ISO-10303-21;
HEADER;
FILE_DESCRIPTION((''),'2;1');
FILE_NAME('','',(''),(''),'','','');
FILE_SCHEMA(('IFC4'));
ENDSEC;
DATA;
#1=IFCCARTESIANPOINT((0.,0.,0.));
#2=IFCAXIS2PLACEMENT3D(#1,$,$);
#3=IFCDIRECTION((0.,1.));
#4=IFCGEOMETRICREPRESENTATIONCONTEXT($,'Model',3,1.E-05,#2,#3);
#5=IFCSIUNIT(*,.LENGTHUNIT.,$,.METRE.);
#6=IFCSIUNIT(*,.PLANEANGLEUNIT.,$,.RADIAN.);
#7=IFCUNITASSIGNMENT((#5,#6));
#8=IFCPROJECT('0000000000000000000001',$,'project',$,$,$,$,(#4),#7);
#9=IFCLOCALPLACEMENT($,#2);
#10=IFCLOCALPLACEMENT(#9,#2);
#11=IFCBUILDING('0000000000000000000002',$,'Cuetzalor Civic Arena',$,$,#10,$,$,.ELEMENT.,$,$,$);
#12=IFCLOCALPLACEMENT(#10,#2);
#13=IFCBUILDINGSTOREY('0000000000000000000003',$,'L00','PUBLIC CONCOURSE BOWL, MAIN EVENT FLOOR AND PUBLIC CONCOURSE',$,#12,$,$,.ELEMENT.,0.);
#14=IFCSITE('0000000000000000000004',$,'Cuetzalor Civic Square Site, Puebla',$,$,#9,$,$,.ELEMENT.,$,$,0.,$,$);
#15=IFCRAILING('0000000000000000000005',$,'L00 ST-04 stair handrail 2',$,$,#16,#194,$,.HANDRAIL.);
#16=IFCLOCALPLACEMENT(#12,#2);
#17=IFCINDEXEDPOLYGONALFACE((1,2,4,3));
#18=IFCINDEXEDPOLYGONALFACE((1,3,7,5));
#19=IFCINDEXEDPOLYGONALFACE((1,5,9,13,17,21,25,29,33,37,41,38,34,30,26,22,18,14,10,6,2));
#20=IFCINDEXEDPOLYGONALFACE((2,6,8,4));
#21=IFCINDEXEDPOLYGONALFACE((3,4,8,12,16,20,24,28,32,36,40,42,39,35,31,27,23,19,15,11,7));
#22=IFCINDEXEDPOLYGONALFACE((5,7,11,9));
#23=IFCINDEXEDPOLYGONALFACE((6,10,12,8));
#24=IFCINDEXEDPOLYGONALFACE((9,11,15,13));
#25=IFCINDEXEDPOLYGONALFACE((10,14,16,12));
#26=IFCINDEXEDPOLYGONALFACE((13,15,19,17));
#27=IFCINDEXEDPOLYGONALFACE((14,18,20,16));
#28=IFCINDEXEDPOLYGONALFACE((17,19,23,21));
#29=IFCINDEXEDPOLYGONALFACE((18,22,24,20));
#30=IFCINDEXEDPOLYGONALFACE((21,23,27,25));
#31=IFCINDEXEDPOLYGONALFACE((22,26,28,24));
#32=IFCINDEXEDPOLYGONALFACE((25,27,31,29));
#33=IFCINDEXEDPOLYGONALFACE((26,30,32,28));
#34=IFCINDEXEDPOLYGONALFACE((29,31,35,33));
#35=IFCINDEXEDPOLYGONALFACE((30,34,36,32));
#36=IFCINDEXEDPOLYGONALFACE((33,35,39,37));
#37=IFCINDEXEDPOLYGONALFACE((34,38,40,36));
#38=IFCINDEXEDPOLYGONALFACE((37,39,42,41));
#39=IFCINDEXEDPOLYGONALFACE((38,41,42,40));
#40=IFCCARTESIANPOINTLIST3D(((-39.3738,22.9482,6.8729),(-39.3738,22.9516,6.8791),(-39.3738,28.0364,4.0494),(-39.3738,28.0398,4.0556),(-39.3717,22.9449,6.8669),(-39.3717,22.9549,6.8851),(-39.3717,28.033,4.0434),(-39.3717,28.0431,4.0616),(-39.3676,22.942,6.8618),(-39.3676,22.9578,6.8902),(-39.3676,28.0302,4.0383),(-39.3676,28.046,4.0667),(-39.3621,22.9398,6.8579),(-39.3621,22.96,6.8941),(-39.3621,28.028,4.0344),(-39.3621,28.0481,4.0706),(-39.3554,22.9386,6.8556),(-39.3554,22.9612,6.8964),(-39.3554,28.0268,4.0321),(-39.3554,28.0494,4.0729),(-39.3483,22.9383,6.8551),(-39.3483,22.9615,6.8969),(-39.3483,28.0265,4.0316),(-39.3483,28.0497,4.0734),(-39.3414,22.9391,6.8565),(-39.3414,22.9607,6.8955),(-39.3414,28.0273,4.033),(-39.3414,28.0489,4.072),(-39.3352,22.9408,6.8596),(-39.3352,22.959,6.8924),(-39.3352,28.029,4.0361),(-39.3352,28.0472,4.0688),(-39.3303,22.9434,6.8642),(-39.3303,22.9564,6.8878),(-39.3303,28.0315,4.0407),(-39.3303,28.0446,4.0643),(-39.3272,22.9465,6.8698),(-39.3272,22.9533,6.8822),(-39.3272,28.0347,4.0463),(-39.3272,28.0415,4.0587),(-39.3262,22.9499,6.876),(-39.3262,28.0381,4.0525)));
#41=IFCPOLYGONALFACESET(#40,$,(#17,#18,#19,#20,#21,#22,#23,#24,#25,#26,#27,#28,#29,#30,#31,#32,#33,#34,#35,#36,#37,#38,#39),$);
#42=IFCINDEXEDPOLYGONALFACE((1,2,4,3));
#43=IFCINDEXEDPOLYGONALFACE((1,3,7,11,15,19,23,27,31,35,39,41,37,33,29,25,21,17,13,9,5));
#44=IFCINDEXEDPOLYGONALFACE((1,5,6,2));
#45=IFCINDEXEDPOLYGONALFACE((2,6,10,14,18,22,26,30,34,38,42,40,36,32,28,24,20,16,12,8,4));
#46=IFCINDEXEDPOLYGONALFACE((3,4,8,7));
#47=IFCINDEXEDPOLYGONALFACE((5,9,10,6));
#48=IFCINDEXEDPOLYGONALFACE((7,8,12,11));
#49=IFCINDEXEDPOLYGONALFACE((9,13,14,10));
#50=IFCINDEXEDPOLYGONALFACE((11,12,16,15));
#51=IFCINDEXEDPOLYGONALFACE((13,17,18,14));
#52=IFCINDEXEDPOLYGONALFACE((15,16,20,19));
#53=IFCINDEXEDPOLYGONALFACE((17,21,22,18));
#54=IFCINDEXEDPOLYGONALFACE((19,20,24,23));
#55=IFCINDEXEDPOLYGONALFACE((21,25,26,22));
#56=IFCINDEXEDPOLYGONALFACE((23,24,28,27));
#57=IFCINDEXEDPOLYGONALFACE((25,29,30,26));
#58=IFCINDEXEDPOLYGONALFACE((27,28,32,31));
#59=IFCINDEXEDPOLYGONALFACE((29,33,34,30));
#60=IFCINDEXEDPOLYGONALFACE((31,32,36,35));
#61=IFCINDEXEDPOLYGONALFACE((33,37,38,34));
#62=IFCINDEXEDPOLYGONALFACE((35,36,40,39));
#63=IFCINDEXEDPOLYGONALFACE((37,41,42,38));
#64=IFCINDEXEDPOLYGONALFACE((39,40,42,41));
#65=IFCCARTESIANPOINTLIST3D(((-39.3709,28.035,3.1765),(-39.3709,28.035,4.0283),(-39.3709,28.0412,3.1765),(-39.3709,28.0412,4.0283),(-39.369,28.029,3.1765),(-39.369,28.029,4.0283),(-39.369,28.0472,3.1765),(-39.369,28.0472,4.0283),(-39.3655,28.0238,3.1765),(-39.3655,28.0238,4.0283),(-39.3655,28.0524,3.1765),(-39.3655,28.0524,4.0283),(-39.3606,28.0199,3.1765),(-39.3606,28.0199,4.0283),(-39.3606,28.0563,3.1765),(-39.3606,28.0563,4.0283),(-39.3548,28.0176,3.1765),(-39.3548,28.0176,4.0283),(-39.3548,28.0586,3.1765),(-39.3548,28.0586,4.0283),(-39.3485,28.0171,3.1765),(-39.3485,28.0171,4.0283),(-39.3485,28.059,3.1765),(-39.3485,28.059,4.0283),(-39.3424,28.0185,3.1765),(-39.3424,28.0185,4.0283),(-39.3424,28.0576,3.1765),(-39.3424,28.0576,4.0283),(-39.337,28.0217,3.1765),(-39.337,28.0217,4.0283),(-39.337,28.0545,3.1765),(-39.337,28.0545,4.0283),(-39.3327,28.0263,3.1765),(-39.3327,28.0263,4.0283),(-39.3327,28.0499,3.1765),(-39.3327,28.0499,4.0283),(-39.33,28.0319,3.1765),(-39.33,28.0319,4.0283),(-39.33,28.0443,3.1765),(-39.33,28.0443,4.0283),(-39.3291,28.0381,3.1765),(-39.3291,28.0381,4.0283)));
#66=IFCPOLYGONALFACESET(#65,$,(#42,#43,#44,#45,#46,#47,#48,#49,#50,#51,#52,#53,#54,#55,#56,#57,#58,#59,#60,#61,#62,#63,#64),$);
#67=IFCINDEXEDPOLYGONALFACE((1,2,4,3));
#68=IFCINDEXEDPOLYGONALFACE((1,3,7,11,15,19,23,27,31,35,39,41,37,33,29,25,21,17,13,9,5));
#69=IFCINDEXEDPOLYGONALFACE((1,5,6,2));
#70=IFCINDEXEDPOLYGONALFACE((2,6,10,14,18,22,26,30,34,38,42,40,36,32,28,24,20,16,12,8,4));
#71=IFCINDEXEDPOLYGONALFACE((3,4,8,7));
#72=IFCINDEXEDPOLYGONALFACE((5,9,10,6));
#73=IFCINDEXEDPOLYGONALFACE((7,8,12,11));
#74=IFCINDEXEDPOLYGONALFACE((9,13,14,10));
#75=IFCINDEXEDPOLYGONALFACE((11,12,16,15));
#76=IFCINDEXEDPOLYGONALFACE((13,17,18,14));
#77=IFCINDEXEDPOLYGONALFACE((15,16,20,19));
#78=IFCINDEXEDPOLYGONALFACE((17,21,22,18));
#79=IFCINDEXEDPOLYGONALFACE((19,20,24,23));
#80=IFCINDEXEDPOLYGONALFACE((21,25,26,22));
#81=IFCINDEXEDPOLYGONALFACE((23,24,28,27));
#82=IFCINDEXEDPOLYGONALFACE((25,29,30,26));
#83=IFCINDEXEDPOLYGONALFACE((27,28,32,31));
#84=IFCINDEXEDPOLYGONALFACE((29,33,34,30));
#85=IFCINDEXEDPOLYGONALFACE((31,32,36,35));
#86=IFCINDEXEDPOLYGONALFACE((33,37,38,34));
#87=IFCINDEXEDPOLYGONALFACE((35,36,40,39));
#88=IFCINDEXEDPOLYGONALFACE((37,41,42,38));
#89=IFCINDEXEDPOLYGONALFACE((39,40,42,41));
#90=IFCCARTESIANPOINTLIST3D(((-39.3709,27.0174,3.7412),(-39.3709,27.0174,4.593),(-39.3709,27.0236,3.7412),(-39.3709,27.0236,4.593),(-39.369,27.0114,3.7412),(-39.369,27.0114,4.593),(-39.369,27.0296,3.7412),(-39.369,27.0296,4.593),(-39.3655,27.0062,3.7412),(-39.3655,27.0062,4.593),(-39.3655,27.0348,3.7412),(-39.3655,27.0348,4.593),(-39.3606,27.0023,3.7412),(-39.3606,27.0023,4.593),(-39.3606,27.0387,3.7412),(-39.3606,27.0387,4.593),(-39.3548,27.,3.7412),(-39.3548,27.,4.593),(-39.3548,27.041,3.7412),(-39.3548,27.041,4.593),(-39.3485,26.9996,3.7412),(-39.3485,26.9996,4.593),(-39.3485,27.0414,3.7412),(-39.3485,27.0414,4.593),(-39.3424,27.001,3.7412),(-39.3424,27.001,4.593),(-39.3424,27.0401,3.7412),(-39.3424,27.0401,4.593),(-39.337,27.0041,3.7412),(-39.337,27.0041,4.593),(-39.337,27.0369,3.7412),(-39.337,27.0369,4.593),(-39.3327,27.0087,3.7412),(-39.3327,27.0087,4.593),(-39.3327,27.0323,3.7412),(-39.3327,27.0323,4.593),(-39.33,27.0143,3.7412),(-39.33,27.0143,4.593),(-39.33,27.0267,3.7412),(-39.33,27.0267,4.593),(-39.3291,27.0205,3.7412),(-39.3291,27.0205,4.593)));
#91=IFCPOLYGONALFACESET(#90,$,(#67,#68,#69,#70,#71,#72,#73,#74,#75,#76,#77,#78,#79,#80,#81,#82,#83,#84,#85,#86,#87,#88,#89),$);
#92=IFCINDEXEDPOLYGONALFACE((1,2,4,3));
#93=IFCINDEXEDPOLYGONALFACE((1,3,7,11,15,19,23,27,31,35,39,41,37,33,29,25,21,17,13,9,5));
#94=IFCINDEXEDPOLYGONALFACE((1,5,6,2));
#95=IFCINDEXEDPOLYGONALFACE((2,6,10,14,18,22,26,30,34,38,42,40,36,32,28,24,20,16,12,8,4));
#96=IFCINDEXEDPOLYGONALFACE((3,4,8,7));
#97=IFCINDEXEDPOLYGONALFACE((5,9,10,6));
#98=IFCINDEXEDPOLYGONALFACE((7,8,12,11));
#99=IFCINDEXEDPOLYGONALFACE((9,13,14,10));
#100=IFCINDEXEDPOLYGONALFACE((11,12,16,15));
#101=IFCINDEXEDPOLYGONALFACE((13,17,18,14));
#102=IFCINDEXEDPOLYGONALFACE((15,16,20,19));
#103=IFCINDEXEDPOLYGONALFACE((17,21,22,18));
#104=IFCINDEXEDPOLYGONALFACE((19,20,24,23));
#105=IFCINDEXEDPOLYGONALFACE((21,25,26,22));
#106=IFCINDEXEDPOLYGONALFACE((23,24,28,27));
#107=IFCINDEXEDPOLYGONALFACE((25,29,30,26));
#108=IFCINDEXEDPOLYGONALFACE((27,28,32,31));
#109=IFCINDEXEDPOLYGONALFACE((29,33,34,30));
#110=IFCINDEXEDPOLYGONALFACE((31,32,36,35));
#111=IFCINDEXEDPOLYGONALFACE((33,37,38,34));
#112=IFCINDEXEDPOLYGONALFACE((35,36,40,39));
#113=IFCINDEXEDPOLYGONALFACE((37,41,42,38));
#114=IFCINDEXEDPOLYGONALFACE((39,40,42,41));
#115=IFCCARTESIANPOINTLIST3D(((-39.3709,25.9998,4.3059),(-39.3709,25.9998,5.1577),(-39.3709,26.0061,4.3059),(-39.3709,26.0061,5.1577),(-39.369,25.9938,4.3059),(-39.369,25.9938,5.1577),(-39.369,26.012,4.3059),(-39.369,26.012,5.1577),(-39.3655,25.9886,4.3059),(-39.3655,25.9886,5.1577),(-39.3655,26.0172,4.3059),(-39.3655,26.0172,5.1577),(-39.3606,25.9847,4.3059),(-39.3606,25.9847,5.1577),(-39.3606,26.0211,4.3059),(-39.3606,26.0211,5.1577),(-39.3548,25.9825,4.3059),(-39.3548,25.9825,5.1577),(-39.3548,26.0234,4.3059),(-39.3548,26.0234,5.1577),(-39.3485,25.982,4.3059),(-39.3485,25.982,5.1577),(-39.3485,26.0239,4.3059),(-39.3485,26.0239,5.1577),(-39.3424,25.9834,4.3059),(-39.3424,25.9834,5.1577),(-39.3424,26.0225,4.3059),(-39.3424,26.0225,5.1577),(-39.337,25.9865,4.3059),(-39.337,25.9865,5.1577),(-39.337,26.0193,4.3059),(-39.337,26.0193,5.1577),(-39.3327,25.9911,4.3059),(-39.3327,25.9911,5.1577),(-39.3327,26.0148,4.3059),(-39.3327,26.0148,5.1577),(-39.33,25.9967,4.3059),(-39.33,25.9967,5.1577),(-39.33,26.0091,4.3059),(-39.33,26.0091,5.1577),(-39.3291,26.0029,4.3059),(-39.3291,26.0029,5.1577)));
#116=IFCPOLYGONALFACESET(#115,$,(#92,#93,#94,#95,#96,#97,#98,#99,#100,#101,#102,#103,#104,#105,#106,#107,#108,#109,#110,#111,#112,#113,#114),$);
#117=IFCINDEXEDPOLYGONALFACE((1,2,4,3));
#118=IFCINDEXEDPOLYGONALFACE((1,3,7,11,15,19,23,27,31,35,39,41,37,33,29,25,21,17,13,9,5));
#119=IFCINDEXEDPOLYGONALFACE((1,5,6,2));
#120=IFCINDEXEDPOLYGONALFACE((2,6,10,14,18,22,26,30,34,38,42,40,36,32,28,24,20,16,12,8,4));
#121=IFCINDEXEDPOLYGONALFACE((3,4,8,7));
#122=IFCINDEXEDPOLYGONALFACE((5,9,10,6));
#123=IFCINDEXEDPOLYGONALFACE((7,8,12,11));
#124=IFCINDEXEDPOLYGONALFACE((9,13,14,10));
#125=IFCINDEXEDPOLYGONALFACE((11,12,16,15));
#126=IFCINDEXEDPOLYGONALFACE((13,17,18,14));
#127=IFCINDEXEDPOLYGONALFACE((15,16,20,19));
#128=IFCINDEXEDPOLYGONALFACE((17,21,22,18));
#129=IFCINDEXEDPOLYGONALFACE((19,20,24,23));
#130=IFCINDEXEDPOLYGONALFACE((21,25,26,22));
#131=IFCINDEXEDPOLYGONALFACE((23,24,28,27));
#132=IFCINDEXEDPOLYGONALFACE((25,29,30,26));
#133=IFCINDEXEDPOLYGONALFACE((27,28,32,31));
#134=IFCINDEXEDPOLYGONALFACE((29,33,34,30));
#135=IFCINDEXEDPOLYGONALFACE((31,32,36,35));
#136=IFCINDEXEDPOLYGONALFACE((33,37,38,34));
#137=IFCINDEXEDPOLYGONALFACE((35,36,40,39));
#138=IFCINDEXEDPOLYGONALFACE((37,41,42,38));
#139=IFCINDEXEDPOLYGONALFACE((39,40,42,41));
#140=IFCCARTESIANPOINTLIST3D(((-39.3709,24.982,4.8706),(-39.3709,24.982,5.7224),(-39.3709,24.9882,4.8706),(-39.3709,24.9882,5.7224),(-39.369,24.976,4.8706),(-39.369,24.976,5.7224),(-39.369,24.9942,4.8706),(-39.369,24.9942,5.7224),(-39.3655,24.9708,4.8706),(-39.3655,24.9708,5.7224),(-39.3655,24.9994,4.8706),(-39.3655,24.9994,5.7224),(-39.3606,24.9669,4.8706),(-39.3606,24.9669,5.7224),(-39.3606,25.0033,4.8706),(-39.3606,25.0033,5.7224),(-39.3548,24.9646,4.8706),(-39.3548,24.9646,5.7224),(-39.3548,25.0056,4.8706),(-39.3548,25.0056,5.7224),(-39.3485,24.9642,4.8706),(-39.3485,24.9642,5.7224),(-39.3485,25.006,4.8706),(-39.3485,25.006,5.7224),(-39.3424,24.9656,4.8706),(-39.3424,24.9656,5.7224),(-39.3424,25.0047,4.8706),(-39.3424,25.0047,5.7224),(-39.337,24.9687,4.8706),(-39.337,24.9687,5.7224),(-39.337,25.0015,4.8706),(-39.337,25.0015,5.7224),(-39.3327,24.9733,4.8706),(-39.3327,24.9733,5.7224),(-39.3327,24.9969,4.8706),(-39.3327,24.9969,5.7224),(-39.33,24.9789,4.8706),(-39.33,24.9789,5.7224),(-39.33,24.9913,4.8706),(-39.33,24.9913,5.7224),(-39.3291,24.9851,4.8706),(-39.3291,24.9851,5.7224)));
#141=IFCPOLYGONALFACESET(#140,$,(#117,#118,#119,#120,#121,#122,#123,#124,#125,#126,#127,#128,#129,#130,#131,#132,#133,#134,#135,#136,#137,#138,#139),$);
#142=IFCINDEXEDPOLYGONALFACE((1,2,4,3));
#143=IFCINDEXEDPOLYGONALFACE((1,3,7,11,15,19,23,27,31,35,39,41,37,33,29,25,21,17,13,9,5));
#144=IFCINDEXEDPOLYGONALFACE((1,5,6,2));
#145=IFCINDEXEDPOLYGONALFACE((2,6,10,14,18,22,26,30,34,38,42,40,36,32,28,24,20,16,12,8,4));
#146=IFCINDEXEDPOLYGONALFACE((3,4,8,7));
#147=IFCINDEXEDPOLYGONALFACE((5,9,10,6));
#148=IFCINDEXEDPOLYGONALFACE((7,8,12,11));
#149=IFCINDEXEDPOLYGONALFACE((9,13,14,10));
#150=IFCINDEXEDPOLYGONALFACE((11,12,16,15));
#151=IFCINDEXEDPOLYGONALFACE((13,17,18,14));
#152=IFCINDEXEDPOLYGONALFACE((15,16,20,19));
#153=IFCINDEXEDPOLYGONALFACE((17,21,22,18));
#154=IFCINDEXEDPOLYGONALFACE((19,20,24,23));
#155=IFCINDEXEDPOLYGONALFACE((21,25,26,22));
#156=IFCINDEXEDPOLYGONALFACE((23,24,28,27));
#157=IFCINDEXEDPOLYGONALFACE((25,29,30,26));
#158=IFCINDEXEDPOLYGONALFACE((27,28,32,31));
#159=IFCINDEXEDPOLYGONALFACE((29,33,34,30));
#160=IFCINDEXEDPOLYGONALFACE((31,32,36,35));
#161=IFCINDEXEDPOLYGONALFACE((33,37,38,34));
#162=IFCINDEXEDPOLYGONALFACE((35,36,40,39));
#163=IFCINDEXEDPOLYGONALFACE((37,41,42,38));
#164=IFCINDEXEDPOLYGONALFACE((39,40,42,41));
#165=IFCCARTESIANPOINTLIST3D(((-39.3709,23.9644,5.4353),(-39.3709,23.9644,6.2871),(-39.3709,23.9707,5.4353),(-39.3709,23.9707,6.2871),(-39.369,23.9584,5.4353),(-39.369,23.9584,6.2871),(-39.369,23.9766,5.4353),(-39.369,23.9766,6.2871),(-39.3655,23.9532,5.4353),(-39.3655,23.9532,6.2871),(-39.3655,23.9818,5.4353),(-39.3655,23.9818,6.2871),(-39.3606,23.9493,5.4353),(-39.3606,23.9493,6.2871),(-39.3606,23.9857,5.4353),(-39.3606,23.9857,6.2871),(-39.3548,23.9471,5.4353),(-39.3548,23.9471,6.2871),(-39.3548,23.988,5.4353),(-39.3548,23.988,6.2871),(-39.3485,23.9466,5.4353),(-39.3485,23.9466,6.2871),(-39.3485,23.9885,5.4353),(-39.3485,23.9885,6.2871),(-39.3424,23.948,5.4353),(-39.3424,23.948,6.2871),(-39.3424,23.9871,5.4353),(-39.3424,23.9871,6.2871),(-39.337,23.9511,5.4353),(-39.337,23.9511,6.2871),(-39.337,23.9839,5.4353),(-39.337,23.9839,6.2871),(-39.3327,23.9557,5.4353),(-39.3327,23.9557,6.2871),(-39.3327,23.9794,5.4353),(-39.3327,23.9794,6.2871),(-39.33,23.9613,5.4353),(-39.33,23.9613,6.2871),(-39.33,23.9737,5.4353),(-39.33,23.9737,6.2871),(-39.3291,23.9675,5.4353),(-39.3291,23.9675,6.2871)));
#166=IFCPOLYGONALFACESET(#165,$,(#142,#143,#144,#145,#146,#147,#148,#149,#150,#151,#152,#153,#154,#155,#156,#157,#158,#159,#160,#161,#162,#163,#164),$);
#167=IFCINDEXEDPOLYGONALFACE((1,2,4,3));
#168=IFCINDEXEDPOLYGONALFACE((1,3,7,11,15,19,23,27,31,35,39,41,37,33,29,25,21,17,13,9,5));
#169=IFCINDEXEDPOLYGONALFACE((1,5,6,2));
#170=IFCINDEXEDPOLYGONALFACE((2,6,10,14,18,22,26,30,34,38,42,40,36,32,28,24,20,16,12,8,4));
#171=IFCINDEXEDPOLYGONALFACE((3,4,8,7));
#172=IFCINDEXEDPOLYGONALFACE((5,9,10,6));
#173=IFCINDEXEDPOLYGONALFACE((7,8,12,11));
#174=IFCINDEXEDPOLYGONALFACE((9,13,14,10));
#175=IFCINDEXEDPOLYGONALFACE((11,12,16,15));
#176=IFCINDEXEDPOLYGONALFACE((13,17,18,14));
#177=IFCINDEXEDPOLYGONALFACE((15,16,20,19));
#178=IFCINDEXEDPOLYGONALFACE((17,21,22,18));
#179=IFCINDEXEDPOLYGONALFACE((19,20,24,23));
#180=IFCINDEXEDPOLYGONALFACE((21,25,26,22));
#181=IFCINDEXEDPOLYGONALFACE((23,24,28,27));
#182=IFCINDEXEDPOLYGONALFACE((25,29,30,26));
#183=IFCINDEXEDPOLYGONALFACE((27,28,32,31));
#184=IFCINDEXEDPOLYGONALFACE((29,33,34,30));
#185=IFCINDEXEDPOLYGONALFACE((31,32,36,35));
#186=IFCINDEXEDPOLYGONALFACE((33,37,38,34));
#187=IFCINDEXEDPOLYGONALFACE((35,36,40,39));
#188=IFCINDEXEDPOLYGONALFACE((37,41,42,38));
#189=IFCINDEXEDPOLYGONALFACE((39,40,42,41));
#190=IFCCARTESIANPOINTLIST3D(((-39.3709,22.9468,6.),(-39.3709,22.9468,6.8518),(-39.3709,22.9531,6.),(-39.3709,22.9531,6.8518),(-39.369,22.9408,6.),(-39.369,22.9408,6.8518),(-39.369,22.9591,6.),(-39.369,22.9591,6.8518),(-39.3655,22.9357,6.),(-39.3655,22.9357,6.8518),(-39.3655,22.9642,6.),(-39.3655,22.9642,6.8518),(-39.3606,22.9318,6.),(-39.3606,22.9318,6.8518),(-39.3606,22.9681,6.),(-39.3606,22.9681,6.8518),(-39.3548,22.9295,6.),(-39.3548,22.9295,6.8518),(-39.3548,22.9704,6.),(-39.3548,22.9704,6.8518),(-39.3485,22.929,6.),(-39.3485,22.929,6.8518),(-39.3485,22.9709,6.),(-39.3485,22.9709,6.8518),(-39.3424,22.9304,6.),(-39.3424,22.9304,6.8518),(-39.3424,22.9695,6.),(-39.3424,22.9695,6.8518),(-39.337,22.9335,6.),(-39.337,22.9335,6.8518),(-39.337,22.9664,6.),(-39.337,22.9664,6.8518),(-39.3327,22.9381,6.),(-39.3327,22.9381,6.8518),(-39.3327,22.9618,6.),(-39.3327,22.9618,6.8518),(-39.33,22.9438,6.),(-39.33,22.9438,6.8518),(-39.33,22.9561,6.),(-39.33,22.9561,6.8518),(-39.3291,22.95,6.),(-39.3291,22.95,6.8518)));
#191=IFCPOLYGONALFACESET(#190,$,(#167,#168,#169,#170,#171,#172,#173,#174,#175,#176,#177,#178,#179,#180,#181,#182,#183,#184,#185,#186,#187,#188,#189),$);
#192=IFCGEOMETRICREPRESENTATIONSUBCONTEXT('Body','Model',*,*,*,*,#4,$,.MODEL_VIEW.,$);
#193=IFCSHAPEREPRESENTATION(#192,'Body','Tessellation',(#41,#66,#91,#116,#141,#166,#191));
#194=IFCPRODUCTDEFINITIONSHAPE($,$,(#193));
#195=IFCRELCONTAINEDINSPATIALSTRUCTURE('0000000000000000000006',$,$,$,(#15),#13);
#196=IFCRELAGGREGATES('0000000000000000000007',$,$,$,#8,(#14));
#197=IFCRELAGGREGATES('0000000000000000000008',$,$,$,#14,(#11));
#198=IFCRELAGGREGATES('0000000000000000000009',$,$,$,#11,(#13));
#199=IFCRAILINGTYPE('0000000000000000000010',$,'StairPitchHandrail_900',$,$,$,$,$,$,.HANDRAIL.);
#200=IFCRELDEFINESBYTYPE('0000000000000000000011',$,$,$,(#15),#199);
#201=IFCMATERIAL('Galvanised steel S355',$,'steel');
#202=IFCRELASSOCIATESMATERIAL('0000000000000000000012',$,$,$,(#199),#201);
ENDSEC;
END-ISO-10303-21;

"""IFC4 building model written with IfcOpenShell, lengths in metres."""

from ifc_helpers import new_model, si_unit, direction, frame, origin, origin_2d, place, context, subcontext, project, spatial, circle, extrude, material, type_object, element, save


model = new_model("IFC4")

# Units and contexts
model_context = context("Model", 3, precision=1e-05, world=origin(), true_north=direction((0.0, 1.0)))
body_context = subcontext(model_context, "Body", "Model", "MODEL_VIEW")
ifc_project = project(units=[si_unit("LENGTHUNIT", "METRE"), si_unit("PLANEANGLEUNIT", "RADIAN")], contexts=[model_context])

# Site, building, storey
site_placement = place(None, origin())
site = spatial("IfcSite", under=ifc_project, at=site_placement, Name="Cuetzalor Civic Square Site, Puebla", CompositionType="ELEMENT", RefElevation=0.0)
building_placement = place(site_placement, origin())
building = spatial("IfcBuilding", under=site, at=building_placement, Name="Cuetzalor Civic Arena", CompositionType="ELEMENT")
storey_placement = place(building_placement, origin())
storey = spatial("IfcBuildingStorey", under=building, at=storey_placement, Name="L00", Description="PUBLIC CONCOURSE BOWL, MAIN EVENT FLOOR AND PUBLIC CONCOURSE", CompositionType="ELEMENT", Elevation=0.0)

# Railing
ifc_material_1 = material(Name="Galvanised steel S355", Category="steel")
railing_type_1 = type_object("IfcRailingType", Name="StairPitchHandrail_900", PredefinedType="HANDRAIL", material=ifc_material_1)
railing_1_placement = place(storey_placement, frame((-39.3501, 28.0381, 3.1765)))
element("IfcRailing", 1, at=railing_1_placement, inside=storey, type_object=railing_type_1, Name="L00 ST-04 stair handrail 2", PredefinedType="HANDRAIL", context=body_context, shape_type="SweptSolid", body=[
    extrude(circle(Radius=0.0239, at=origin_2d()), frame((0.0, 0.0, 0.876), z_axis=(0.0, -0.874395, 0.485215), x_axis=(1.0, 0.0, 0.0)), (0.0, 0.0, 1.0), 5.8191),
    extrude(circle(Radius=0.021, at=origin_2d()), origin(), (0.0, 0.0, 1.0), 0.8518),
    extrude(circle(Radius=0.021, at=origin_2d()), frame((0.0, -1.0176, 0.5647)), (0.0, 0.0, 1.0), 0.8518),
    extrude(circle(Radius=0.021, at=origin_2d()), frame((0.0, -2.0352, 1.1294)), (0.0, 0.0, 1.0), 0.8518),
    extrude(circle(Radius=0.021, at=origin_2d()), frame((0.0, -3.053, 1.6941)), (0.0, 0.0, 1.0), 0.8518),
    extrude(circle(Radius=0.021, at=origin_2d()), frame((0.0, -4.0706, 2.2588)), (0.0, 0.0, 1.0), 0.8518),
    extrude(circle(Radius=0.021, at=origin_2d()), frame((0.0, -5.0881, 2.8235)), (0.0, 0.0, 1.0), 0.8518),
])

save(model, "model.ifc")
